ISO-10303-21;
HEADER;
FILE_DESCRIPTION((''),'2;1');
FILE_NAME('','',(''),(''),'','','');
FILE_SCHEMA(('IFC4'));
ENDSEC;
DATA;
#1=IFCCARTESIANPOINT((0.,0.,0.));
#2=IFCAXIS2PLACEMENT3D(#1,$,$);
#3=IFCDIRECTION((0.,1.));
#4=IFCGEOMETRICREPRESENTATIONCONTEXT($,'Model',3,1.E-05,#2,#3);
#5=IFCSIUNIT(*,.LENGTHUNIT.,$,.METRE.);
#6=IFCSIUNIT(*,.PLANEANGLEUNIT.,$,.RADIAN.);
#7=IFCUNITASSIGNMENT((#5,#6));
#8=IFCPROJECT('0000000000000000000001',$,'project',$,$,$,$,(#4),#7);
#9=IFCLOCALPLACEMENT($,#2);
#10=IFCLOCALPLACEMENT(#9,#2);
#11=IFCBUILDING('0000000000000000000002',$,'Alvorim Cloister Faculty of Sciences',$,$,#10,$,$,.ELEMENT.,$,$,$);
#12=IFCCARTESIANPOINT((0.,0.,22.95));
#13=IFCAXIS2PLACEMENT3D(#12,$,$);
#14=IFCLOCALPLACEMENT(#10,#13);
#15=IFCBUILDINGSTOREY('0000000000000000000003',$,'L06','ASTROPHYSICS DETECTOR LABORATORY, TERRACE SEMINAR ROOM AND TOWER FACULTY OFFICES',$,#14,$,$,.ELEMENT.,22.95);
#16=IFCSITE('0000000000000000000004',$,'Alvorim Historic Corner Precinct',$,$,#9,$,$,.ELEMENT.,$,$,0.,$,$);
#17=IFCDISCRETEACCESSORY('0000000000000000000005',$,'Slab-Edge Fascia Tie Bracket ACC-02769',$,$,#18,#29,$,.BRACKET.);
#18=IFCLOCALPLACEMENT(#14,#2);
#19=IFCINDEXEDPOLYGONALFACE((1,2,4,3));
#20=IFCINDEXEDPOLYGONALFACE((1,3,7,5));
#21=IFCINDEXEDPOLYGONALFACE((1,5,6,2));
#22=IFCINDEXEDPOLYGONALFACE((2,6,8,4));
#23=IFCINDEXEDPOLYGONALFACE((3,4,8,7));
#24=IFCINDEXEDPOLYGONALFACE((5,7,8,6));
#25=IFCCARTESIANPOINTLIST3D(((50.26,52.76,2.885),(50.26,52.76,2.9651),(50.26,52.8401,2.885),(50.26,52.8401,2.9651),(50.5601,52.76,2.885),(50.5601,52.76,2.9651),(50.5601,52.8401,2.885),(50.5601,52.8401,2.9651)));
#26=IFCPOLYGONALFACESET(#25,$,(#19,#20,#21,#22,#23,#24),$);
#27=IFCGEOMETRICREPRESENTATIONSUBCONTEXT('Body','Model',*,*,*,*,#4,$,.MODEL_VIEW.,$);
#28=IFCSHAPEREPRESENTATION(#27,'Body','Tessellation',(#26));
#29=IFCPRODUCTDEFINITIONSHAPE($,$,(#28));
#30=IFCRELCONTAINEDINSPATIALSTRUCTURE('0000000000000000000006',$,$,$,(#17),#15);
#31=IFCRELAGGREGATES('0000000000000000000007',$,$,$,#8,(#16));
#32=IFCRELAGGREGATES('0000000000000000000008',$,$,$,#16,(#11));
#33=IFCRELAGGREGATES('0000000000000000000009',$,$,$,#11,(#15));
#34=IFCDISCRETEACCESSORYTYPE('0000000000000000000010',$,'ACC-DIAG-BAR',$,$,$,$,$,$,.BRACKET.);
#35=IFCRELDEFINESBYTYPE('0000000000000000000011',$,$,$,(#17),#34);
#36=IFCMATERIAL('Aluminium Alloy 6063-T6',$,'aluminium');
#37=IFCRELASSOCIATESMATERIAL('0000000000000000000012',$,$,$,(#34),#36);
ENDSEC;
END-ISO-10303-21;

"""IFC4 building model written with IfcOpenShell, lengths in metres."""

from ifc_helpers import new_model, si_unit, direction, frame, origin, origin_2d, place, context, subcontext, project, spatial, rectangle, extrude, material, type_object, element, save


model = new_model("IFC4")

# Units and contexts
model_context = context("Model", 3, precision=1e-05, world=origin(), true_north=direction((0.0, 1.0)))
body_context = subcontext(model_context, "Body", "Model", "MODEL_VIEW")
ifc_project = project(units=[si_unit("LENGTHUNIT", "METRE"), si_unit("PLANEANGLEUNIT", "RADIAN")], contexts=[model_context])

# Site, building, storey
site_placement = place(None, origin())
site = spatial("IfcSite", under=ifc_project, at=site_placement, Name="Alvorim Historic Corner Precinct", CompositionType="ELEMENT", RefElevation=0.0)
building_placement = place(site_placement, origin())
building = spatial("IfcBuilding", under=site, at=building_placement, Name="Alvorim Cloister Faculty of Sciences", CompositionType="ELEMENT")
storey_placement = place(building_placement, frame((0.0, 0.0, 22.95)))
storey = spatial("IfcBuildingStorey", under=building, at=storey_placement, Name="L06", Description="ASTROPHYSICS DETECTOR LABORATORY, TERRACE SEMINAR ROOM AND TOWER FACULTY OFFICES", CompositionType="ELEMENT", Elevation=22.95)

# Shared definitions
ifc_material_1 = material(Name="Aluminium Alloy 6063-T6", Category="aluminium")

# Discrete accessory
discrete_accessory_type = type_object("IfcDiscreteAccessoryType", Name="ACC-DIAG-BAR", PredefinedType="BRACKET", material=ifc_material_1)
discrete_accessory_placement = place(storey_placement, frame((50.26, 52.8, 2.925), z_axis=(1.0, 0.0, 0.0), x_axis=(0.0, 1.0, 0.0)))
element("IfcDiscreteAccessory", 1, at=discrete_accessory_placement, inside=storey, type_object=discrete_accessory_type, Name="Slab-Edge Fascia Tie Bracket ACC-02769", PredefinedType="BRACKET", context=body_context, shape_type="SweptSolid", body=[
    extrude(rectangle(XDim=0.0801, YDim=0.0801, at=origin_2d()), origin(), (0.0, 0.0, 1.0), 0.3),
])

save(model, "model.ifc")
